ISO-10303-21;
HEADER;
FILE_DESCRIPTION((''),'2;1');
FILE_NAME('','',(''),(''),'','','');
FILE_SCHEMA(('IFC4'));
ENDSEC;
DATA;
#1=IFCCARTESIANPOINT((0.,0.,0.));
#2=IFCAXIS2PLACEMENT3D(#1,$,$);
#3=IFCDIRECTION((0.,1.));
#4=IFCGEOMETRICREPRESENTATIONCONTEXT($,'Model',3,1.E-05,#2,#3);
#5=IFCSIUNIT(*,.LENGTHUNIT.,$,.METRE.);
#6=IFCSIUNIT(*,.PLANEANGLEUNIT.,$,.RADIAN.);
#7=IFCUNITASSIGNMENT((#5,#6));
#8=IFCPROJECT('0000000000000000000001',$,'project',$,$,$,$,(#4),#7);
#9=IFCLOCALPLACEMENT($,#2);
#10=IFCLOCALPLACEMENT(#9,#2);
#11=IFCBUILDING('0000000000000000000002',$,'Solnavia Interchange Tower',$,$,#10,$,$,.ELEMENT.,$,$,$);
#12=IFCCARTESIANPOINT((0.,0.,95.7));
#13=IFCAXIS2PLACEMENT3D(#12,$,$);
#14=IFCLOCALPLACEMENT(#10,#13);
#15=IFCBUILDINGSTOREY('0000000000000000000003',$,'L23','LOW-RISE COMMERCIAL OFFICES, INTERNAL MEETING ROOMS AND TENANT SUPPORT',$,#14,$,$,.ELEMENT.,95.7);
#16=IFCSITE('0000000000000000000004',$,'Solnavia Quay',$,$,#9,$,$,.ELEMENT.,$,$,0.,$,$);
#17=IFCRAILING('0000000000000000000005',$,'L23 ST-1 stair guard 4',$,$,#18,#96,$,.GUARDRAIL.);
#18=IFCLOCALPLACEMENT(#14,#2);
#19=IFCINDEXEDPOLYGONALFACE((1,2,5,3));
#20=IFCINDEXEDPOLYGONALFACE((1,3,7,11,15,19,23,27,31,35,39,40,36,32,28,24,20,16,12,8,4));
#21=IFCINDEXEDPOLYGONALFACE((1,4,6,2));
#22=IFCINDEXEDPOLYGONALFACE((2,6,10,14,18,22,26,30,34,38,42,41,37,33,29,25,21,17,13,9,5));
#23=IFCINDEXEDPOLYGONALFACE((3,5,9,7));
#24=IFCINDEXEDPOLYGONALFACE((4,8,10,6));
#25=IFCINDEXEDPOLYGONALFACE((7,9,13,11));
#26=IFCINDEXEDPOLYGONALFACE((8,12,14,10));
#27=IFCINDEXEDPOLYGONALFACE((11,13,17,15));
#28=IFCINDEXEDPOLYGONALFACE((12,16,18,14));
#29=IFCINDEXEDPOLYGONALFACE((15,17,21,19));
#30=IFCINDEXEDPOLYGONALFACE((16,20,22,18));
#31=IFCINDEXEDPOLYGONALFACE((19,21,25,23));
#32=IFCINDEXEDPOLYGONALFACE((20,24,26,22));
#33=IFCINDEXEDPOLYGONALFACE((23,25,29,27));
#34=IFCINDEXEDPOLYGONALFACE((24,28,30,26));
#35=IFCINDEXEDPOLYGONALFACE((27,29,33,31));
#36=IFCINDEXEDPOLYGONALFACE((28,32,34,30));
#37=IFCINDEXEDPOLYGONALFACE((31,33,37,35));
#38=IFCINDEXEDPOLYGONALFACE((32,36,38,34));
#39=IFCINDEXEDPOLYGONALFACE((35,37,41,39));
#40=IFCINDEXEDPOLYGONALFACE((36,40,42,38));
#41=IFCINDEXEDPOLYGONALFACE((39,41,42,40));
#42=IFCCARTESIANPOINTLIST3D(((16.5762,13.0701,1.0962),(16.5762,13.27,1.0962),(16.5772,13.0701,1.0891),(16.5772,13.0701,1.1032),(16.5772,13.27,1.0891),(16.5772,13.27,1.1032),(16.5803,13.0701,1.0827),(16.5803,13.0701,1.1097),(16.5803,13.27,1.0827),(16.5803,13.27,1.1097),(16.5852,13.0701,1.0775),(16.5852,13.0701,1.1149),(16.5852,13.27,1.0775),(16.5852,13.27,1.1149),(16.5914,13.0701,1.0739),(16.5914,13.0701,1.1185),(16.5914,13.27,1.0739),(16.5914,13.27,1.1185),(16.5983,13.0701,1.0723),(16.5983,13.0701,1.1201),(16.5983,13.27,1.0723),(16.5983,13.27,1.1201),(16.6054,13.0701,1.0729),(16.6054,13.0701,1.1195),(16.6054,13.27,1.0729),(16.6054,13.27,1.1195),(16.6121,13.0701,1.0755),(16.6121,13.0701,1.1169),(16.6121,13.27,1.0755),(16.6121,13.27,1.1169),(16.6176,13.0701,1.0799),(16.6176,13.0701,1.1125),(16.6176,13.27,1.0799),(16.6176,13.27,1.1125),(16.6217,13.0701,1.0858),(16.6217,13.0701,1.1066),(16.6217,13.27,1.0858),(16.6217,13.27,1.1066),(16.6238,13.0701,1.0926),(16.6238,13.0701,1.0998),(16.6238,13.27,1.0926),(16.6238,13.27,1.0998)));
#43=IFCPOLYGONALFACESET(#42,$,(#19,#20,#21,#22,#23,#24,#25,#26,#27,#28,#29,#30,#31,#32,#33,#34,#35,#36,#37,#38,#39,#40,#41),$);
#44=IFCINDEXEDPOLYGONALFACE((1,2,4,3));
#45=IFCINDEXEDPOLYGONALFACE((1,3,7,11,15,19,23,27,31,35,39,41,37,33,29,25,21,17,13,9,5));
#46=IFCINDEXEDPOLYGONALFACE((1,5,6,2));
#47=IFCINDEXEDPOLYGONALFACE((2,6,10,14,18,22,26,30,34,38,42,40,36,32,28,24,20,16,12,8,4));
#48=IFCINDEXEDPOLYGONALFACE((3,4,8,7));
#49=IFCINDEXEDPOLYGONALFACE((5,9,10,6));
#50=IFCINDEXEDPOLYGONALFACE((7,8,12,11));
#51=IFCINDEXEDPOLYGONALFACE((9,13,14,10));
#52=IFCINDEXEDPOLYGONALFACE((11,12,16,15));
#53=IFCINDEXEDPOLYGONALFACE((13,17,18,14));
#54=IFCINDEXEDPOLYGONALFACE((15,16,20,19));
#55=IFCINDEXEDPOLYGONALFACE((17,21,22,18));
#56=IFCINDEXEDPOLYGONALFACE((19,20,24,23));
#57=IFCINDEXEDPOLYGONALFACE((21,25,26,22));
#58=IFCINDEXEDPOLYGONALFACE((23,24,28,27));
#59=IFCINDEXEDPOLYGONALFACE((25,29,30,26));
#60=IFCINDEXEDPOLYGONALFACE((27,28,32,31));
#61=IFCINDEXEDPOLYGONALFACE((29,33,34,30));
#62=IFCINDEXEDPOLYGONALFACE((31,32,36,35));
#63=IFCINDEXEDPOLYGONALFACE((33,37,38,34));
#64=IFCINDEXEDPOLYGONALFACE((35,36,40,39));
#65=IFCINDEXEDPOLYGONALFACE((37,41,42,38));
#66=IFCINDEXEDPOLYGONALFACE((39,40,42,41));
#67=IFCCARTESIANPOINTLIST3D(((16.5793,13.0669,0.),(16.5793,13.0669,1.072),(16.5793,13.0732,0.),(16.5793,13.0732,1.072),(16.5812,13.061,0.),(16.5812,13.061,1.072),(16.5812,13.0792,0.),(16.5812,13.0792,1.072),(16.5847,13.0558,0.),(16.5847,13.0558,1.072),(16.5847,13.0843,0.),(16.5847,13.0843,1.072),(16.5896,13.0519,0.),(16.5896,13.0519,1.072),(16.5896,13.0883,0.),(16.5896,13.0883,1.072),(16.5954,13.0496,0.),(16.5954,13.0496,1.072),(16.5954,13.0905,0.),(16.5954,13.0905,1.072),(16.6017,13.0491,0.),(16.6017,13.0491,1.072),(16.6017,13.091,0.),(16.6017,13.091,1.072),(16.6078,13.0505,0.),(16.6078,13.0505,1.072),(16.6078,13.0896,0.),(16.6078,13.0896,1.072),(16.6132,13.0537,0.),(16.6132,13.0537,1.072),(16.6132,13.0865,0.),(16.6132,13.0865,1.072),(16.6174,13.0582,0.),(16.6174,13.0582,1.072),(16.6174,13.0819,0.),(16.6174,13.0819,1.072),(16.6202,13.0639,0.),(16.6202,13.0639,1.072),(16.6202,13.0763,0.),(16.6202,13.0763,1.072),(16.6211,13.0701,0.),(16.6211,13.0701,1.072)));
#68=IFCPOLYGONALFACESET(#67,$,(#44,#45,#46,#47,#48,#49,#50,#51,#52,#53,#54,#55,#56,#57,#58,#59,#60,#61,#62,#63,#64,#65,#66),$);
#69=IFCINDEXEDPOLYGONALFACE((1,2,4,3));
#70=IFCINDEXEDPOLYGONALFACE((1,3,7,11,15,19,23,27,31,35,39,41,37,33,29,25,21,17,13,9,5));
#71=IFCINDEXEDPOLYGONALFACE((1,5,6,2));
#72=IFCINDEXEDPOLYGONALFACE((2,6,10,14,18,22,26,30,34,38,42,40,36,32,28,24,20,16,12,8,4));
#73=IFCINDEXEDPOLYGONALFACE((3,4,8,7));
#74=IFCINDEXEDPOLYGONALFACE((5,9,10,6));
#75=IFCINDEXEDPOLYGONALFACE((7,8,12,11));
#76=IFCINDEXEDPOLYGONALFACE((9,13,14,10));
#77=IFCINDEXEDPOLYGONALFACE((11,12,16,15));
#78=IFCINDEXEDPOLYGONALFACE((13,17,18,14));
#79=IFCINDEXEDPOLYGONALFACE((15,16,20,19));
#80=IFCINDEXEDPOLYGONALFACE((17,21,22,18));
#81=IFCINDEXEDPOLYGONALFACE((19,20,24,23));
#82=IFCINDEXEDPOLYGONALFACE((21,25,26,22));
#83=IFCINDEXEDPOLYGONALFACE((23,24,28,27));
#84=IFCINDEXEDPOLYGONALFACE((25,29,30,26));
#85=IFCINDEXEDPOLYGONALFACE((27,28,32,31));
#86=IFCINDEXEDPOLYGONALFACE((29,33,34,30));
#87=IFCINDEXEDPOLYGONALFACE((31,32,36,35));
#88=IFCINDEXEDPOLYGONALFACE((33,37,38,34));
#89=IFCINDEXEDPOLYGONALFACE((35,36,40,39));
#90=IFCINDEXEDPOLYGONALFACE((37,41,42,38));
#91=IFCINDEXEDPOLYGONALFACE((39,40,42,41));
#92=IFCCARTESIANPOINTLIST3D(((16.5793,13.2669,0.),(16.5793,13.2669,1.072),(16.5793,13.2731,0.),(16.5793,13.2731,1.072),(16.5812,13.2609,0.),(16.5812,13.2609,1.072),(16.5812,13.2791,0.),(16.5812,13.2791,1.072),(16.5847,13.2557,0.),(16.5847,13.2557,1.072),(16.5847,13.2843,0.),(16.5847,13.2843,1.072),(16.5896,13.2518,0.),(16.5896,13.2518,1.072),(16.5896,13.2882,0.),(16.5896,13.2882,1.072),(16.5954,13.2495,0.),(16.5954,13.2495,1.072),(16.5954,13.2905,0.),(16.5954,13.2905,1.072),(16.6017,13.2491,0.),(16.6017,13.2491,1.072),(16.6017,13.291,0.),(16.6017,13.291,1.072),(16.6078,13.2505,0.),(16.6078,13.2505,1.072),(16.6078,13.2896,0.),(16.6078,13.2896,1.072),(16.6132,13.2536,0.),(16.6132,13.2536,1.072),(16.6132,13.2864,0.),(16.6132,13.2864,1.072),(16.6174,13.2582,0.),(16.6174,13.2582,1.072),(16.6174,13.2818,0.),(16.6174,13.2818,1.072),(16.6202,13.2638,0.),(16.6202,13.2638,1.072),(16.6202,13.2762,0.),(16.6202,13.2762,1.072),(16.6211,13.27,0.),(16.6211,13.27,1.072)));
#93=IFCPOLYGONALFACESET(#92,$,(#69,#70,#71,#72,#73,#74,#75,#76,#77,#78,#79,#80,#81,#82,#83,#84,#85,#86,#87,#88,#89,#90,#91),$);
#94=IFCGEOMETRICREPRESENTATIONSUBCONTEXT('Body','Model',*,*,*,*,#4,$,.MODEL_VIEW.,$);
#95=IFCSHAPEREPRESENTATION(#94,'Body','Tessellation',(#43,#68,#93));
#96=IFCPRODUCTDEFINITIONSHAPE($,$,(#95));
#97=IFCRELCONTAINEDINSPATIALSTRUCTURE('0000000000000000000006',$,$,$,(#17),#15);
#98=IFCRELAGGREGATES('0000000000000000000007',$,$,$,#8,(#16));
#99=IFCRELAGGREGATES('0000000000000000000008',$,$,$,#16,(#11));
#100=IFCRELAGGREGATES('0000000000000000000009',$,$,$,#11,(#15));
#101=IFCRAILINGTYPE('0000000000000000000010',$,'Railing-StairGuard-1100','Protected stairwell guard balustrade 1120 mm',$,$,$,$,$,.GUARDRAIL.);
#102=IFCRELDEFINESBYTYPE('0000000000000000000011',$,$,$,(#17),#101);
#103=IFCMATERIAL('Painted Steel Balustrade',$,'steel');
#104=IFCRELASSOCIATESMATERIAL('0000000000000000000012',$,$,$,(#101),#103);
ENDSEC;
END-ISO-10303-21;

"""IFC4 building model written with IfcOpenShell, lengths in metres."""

from ifc_helpers import new_model, si_unit, direction, frame, origin, origin_2d, place, context, subcontext, project, spatial, circle, extrude, material, type_object, element, save


model = new_model("IFC4")

# Units and contexts
model_context = context("Model", 3, precision=1e-05, world=origin(), true_north=direction((0.0, 1.0)))
body_context = subcontext(model_context, "Body", "Model", "MODEL_VIEW")
ifc_project = project(units=[si_unit("LENGTHUNIT", "METRE"), si_unit("PLANEANGLEUNIT", "RADIAN")], contexts=[model_context])

# Site, building, storey
site_placement = place(None, origin())
site = spatial("IfcSite", under=ifc_project, at=site_placement, Name="Solnavia Quay", CompositionType="ELEMENT", RefElevation=0.0)
building_placement = place(site_placement, origin())
building = spatial("IfcBuilding", under=site, at=building_placement, Name="Solnavia Interchange Tower", CompositionType="ELEMENT")
storey_placement = place(building_placement, frame((0.0, 0.0, 95.7)))
storey = spatial("IfcBuildingStorey", under=building, at=storey_placement, Name="L23", Description="LOW-RISE COMMERCIAL OFFICES, INTERNAL MEETING ROOMS AND TENANT SUPPORT", CompositionType="ELEMENT", Elevation=95.7)

# Railing
ifc_material_1 = material(Name="Painted Steel Balustrade", Category="steel")
railing_type_1 = type_object("IfcRailingType", Name="Railing-StairGuard-1100", Description="Protected stairwell guard balustrade 1120 mm", PredefinedType="GUARDRAIL", material=ifc_material_1)
railing_1_placement = place(storey_placement, frame((16.6001, 13.0701, 0.0)))
element("IfcRailing", 1, at=railing_1_placement, inside=storey, type_object=railing_type_1, Name="L23 ST-1 stair guard 4", PredefinedType="GUARDRAIL", context=body_context, shape_type="SweptSolid", body=[
    extrude(circle(Radius=0.0239, at=origin_2d()), frame((0.0, 0.0, 1.0962), z_axis=(0.0, 1.0, 0.0), x_axis=(-1.0, 0.0, 0.0)), (0.0, 0.0, 1.0), 0.2),
    extrude(circle(Radius=0.021, at=origin_2d()), origin(), (0.0, 0.0, 1.0), 1.072),
    extrude(circle(Radius=0.021, at=origin_2d()), frame((0.0, 0.2, 0.0)), (0.0, 0.0, 1.0), 1.072),
])

save(model, "model.ifc")
